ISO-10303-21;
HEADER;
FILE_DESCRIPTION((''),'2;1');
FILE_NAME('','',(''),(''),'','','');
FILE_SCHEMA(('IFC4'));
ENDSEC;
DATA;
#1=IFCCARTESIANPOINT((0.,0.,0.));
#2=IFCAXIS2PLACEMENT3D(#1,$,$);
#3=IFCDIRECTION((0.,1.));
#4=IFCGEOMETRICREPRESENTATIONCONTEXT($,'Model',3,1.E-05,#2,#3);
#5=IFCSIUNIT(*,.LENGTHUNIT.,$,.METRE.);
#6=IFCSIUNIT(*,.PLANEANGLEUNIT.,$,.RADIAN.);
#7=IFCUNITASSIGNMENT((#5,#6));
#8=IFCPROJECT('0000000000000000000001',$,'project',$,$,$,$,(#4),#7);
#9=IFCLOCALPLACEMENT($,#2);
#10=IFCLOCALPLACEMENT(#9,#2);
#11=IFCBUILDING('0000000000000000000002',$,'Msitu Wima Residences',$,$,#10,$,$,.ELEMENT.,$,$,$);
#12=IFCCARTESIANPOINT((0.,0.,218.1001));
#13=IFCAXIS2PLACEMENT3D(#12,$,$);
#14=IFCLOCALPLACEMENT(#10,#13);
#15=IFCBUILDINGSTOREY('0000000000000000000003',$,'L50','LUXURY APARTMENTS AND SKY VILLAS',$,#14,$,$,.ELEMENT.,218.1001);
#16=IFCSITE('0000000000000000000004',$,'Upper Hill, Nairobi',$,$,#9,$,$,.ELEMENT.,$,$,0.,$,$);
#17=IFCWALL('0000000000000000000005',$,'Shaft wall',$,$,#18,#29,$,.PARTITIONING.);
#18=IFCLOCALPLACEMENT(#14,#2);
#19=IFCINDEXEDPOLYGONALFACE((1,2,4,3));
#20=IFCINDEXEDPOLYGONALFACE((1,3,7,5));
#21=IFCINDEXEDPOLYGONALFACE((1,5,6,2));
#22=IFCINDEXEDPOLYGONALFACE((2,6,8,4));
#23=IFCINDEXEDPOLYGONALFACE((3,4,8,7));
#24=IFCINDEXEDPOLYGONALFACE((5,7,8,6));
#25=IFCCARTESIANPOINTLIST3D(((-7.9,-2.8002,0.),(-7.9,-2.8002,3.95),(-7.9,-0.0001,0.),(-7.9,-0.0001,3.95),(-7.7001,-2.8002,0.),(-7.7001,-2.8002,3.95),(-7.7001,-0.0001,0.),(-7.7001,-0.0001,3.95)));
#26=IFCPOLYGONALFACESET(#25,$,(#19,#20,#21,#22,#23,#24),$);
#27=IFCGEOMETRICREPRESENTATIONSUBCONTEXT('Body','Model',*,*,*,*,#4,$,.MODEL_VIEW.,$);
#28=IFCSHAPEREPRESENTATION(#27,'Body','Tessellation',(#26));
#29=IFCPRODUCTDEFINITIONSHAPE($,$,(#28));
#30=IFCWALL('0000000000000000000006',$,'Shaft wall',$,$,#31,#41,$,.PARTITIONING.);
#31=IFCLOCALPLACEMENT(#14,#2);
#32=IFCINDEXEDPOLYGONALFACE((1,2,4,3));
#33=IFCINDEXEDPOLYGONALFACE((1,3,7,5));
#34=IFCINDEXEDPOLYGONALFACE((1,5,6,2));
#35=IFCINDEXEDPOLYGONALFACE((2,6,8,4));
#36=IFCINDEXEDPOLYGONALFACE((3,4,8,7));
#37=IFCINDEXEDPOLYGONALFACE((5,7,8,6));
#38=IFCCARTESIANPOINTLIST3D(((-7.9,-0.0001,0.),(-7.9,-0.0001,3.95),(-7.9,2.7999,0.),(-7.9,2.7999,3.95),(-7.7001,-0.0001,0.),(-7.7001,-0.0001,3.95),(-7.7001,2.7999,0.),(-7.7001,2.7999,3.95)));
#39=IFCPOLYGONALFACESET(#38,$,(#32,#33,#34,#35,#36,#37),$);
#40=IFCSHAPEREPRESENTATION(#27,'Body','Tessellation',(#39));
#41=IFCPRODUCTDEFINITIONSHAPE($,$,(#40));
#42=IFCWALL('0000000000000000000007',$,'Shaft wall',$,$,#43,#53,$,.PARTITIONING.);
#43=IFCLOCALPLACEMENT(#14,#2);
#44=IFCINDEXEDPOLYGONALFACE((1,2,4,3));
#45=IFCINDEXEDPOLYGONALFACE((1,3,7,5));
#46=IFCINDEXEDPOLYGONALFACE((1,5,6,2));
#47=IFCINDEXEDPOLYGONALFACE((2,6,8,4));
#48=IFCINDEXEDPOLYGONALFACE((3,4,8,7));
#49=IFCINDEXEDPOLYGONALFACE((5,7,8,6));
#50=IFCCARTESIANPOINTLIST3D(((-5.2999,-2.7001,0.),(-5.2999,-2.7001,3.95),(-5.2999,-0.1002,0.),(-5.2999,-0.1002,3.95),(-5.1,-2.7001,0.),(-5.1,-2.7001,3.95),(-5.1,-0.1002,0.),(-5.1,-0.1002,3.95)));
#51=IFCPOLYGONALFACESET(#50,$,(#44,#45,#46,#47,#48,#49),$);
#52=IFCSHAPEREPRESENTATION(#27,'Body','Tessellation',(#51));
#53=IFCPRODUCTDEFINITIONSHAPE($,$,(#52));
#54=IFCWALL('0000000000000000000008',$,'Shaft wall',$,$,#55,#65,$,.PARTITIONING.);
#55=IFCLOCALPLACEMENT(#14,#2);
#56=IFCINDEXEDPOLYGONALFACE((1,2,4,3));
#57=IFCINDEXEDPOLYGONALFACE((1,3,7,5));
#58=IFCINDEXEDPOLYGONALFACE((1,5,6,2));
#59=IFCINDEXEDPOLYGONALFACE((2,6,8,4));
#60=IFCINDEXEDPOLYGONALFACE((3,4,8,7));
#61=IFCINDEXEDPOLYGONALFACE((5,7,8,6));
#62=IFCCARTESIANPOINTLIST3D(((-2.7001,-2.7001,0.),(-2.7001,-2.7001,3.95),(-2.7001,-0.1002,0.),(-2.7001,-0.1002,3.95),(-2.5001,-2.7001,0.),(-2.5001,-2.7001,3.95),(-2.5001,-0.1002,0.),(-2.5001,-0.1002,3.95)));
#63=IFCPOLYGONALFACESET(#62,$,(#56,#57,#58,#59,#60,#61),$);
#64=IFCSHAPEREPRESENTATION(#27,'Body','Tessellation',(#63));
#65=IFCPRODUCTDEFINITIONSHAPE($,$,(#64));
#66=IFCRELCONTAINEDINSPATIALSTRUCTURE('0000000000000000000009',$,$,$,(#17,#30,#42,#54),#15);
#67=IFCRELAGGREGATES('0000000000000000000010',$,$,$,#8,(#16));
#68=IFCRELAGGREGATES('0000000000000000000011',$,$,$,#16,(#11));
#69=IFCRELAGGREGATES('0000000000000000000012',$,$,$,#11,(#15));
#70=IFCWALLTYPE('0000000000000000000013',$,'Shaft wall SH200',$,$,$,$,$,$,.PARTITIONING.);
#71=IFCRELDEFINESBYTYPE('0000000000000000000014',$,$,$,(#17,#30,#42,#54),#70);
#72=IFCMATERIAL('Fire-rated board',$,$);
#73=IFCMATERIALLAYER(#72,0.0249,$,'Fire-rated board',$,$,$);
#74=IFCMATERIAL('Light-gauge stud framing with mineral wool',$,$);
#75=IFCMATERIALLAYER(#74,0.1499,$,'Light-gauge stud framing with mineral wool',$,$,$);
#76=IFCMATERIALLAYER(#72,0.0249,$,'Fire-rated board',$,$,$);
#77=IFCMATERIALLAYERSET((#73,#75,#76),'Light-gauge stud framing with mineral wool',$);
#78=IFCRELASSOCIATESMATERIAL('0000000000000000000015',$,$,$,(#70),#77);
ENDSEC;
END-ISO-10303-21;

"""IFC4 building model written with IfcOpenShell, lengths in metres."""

from ifc_helpers import new_model, si_unit, direction, frame, frame_2d, origin, place, context, subcontext, project, spatial, rectangle, extrude, material, layer, layer_set, type_object, element, save


model = new_model("IFC4")

# Units and contexts
model_context = context("Model", 3, precision=1e-05, world=origin(), true_north=direction((0.0, 1.0)))
body_context = subcontext(model_context, "Body", "Model", "MODEL_VIEW")
ifc_project = project(units=[si_unit("LENGTHUNIT", "METRE"), si_unit("PLANEANGLEUNIT", "RADIAN")], contexts=[model_context])

# Site, building, storey
site_placement = place(None, origin())
site = spatial("IfcSite", under=ifc_project, at=site_placement, Name="Upper Hill, Nairobi", CompositionType="ELEMENT", RefElevation=0.0)
building_placement = place(site_placement, origin())
building = spatial("IfcBuilding", under=site, at=building_placement, Name="Msitu Wima Residences", CompositionType="ELEMENT")
storey_placement = place(building_placement, frame((0.0, 0.0, 218.1001)))
storey = spatial("IfcBuildingStorey", under=building, at=storey_placement, Name="L50", Description="LUXURY APARTMENTS AND SKY VILLAS", CompositionType="ELEMENT", Elevation=218.1001)

# Shared definitions
ifc_material_1 = material(Name="Fire-rated board")
ifc_layer_1 = layer(ifc_material_1, 0.0249, Name="Fire-rated board")
ifc_material_2 = material(Name="Light-gauge stud framing with mineral wool")
ifc_layer_2 = layer(ifc_material_2, 0.1499, Name="Light-gauge stud framing with mineral wool")
ifc_layer_3 = layer(ifc_material_1, 0.0249, Name="Fire-rated board")
ifc_layer_set_1 = layer_set([ifc_layer_1, ifc_layer_2, ifc_layer_3], Name="Light-gauge stud framing with mineral wool")
wall_type_1 = type_object("IfcWallType", Name="Shaft wall SH200", PredefinedType="PARTITIONING", material=ifc_layer_set_1)

# Walls
for number, where, z_axis, x_axis, name in (
    (1, (-7.8, -2.8, 0.0), (0.0, 0.0, 1.0), (0.0, 1.0, 0.0), "Shaft wall"),
    (2, (-7.8, 0.0, 0.0), (0.0, 0.0, 1.0), (0.0, 1.0, 0.0), "Shaft wall"),
):
    element("IfcWall", number, at=place(storey_placement, frame(where, z_axis=z_axis, x_axis=x_axis)), inside=storey, type_object=wall_type_1, Name=name, PredefinedType="PARTITIONING", context=body_context, shape_type="SweptSolid", body=[
        extrude(rectangle(XDim=2.8, YDim=0.2, at=frame_2d((1.3999, 0.0))), origin(), (0.0, 0.0, 1.0), 3.95),
    ])
for number, where, z_axis, x_axis, name in (
    (3, (-5.2, -2.7, 0.0), (0.0, 0.0, 1.0), (0.0, 1.0, 0.0), "Shaft wall"),
    (4, (-2.6001, -2.7, 0.0), (0.0, 0.0, 1.0), (0.0, 1.0, 0.0), "Shaft wall"),
):
    element("IfcWall", number, at=place(storey_placement, frame(where, z_axis=z_axis, x_axis=x_axis)), inside=storey, type_object=wall_type_1, Name=name, PredefinedType="PARTITIONING", context=body_context, shape_type="SweptSolid", body=[
        extrude(rectangle(XDim=2.5999, YDim=0.2, at=frame_2d((1.2998, 0.0))), origin(), (0.0, 0.0, 1.0), 3.95),
    ])

save(model, "model.ifc")
